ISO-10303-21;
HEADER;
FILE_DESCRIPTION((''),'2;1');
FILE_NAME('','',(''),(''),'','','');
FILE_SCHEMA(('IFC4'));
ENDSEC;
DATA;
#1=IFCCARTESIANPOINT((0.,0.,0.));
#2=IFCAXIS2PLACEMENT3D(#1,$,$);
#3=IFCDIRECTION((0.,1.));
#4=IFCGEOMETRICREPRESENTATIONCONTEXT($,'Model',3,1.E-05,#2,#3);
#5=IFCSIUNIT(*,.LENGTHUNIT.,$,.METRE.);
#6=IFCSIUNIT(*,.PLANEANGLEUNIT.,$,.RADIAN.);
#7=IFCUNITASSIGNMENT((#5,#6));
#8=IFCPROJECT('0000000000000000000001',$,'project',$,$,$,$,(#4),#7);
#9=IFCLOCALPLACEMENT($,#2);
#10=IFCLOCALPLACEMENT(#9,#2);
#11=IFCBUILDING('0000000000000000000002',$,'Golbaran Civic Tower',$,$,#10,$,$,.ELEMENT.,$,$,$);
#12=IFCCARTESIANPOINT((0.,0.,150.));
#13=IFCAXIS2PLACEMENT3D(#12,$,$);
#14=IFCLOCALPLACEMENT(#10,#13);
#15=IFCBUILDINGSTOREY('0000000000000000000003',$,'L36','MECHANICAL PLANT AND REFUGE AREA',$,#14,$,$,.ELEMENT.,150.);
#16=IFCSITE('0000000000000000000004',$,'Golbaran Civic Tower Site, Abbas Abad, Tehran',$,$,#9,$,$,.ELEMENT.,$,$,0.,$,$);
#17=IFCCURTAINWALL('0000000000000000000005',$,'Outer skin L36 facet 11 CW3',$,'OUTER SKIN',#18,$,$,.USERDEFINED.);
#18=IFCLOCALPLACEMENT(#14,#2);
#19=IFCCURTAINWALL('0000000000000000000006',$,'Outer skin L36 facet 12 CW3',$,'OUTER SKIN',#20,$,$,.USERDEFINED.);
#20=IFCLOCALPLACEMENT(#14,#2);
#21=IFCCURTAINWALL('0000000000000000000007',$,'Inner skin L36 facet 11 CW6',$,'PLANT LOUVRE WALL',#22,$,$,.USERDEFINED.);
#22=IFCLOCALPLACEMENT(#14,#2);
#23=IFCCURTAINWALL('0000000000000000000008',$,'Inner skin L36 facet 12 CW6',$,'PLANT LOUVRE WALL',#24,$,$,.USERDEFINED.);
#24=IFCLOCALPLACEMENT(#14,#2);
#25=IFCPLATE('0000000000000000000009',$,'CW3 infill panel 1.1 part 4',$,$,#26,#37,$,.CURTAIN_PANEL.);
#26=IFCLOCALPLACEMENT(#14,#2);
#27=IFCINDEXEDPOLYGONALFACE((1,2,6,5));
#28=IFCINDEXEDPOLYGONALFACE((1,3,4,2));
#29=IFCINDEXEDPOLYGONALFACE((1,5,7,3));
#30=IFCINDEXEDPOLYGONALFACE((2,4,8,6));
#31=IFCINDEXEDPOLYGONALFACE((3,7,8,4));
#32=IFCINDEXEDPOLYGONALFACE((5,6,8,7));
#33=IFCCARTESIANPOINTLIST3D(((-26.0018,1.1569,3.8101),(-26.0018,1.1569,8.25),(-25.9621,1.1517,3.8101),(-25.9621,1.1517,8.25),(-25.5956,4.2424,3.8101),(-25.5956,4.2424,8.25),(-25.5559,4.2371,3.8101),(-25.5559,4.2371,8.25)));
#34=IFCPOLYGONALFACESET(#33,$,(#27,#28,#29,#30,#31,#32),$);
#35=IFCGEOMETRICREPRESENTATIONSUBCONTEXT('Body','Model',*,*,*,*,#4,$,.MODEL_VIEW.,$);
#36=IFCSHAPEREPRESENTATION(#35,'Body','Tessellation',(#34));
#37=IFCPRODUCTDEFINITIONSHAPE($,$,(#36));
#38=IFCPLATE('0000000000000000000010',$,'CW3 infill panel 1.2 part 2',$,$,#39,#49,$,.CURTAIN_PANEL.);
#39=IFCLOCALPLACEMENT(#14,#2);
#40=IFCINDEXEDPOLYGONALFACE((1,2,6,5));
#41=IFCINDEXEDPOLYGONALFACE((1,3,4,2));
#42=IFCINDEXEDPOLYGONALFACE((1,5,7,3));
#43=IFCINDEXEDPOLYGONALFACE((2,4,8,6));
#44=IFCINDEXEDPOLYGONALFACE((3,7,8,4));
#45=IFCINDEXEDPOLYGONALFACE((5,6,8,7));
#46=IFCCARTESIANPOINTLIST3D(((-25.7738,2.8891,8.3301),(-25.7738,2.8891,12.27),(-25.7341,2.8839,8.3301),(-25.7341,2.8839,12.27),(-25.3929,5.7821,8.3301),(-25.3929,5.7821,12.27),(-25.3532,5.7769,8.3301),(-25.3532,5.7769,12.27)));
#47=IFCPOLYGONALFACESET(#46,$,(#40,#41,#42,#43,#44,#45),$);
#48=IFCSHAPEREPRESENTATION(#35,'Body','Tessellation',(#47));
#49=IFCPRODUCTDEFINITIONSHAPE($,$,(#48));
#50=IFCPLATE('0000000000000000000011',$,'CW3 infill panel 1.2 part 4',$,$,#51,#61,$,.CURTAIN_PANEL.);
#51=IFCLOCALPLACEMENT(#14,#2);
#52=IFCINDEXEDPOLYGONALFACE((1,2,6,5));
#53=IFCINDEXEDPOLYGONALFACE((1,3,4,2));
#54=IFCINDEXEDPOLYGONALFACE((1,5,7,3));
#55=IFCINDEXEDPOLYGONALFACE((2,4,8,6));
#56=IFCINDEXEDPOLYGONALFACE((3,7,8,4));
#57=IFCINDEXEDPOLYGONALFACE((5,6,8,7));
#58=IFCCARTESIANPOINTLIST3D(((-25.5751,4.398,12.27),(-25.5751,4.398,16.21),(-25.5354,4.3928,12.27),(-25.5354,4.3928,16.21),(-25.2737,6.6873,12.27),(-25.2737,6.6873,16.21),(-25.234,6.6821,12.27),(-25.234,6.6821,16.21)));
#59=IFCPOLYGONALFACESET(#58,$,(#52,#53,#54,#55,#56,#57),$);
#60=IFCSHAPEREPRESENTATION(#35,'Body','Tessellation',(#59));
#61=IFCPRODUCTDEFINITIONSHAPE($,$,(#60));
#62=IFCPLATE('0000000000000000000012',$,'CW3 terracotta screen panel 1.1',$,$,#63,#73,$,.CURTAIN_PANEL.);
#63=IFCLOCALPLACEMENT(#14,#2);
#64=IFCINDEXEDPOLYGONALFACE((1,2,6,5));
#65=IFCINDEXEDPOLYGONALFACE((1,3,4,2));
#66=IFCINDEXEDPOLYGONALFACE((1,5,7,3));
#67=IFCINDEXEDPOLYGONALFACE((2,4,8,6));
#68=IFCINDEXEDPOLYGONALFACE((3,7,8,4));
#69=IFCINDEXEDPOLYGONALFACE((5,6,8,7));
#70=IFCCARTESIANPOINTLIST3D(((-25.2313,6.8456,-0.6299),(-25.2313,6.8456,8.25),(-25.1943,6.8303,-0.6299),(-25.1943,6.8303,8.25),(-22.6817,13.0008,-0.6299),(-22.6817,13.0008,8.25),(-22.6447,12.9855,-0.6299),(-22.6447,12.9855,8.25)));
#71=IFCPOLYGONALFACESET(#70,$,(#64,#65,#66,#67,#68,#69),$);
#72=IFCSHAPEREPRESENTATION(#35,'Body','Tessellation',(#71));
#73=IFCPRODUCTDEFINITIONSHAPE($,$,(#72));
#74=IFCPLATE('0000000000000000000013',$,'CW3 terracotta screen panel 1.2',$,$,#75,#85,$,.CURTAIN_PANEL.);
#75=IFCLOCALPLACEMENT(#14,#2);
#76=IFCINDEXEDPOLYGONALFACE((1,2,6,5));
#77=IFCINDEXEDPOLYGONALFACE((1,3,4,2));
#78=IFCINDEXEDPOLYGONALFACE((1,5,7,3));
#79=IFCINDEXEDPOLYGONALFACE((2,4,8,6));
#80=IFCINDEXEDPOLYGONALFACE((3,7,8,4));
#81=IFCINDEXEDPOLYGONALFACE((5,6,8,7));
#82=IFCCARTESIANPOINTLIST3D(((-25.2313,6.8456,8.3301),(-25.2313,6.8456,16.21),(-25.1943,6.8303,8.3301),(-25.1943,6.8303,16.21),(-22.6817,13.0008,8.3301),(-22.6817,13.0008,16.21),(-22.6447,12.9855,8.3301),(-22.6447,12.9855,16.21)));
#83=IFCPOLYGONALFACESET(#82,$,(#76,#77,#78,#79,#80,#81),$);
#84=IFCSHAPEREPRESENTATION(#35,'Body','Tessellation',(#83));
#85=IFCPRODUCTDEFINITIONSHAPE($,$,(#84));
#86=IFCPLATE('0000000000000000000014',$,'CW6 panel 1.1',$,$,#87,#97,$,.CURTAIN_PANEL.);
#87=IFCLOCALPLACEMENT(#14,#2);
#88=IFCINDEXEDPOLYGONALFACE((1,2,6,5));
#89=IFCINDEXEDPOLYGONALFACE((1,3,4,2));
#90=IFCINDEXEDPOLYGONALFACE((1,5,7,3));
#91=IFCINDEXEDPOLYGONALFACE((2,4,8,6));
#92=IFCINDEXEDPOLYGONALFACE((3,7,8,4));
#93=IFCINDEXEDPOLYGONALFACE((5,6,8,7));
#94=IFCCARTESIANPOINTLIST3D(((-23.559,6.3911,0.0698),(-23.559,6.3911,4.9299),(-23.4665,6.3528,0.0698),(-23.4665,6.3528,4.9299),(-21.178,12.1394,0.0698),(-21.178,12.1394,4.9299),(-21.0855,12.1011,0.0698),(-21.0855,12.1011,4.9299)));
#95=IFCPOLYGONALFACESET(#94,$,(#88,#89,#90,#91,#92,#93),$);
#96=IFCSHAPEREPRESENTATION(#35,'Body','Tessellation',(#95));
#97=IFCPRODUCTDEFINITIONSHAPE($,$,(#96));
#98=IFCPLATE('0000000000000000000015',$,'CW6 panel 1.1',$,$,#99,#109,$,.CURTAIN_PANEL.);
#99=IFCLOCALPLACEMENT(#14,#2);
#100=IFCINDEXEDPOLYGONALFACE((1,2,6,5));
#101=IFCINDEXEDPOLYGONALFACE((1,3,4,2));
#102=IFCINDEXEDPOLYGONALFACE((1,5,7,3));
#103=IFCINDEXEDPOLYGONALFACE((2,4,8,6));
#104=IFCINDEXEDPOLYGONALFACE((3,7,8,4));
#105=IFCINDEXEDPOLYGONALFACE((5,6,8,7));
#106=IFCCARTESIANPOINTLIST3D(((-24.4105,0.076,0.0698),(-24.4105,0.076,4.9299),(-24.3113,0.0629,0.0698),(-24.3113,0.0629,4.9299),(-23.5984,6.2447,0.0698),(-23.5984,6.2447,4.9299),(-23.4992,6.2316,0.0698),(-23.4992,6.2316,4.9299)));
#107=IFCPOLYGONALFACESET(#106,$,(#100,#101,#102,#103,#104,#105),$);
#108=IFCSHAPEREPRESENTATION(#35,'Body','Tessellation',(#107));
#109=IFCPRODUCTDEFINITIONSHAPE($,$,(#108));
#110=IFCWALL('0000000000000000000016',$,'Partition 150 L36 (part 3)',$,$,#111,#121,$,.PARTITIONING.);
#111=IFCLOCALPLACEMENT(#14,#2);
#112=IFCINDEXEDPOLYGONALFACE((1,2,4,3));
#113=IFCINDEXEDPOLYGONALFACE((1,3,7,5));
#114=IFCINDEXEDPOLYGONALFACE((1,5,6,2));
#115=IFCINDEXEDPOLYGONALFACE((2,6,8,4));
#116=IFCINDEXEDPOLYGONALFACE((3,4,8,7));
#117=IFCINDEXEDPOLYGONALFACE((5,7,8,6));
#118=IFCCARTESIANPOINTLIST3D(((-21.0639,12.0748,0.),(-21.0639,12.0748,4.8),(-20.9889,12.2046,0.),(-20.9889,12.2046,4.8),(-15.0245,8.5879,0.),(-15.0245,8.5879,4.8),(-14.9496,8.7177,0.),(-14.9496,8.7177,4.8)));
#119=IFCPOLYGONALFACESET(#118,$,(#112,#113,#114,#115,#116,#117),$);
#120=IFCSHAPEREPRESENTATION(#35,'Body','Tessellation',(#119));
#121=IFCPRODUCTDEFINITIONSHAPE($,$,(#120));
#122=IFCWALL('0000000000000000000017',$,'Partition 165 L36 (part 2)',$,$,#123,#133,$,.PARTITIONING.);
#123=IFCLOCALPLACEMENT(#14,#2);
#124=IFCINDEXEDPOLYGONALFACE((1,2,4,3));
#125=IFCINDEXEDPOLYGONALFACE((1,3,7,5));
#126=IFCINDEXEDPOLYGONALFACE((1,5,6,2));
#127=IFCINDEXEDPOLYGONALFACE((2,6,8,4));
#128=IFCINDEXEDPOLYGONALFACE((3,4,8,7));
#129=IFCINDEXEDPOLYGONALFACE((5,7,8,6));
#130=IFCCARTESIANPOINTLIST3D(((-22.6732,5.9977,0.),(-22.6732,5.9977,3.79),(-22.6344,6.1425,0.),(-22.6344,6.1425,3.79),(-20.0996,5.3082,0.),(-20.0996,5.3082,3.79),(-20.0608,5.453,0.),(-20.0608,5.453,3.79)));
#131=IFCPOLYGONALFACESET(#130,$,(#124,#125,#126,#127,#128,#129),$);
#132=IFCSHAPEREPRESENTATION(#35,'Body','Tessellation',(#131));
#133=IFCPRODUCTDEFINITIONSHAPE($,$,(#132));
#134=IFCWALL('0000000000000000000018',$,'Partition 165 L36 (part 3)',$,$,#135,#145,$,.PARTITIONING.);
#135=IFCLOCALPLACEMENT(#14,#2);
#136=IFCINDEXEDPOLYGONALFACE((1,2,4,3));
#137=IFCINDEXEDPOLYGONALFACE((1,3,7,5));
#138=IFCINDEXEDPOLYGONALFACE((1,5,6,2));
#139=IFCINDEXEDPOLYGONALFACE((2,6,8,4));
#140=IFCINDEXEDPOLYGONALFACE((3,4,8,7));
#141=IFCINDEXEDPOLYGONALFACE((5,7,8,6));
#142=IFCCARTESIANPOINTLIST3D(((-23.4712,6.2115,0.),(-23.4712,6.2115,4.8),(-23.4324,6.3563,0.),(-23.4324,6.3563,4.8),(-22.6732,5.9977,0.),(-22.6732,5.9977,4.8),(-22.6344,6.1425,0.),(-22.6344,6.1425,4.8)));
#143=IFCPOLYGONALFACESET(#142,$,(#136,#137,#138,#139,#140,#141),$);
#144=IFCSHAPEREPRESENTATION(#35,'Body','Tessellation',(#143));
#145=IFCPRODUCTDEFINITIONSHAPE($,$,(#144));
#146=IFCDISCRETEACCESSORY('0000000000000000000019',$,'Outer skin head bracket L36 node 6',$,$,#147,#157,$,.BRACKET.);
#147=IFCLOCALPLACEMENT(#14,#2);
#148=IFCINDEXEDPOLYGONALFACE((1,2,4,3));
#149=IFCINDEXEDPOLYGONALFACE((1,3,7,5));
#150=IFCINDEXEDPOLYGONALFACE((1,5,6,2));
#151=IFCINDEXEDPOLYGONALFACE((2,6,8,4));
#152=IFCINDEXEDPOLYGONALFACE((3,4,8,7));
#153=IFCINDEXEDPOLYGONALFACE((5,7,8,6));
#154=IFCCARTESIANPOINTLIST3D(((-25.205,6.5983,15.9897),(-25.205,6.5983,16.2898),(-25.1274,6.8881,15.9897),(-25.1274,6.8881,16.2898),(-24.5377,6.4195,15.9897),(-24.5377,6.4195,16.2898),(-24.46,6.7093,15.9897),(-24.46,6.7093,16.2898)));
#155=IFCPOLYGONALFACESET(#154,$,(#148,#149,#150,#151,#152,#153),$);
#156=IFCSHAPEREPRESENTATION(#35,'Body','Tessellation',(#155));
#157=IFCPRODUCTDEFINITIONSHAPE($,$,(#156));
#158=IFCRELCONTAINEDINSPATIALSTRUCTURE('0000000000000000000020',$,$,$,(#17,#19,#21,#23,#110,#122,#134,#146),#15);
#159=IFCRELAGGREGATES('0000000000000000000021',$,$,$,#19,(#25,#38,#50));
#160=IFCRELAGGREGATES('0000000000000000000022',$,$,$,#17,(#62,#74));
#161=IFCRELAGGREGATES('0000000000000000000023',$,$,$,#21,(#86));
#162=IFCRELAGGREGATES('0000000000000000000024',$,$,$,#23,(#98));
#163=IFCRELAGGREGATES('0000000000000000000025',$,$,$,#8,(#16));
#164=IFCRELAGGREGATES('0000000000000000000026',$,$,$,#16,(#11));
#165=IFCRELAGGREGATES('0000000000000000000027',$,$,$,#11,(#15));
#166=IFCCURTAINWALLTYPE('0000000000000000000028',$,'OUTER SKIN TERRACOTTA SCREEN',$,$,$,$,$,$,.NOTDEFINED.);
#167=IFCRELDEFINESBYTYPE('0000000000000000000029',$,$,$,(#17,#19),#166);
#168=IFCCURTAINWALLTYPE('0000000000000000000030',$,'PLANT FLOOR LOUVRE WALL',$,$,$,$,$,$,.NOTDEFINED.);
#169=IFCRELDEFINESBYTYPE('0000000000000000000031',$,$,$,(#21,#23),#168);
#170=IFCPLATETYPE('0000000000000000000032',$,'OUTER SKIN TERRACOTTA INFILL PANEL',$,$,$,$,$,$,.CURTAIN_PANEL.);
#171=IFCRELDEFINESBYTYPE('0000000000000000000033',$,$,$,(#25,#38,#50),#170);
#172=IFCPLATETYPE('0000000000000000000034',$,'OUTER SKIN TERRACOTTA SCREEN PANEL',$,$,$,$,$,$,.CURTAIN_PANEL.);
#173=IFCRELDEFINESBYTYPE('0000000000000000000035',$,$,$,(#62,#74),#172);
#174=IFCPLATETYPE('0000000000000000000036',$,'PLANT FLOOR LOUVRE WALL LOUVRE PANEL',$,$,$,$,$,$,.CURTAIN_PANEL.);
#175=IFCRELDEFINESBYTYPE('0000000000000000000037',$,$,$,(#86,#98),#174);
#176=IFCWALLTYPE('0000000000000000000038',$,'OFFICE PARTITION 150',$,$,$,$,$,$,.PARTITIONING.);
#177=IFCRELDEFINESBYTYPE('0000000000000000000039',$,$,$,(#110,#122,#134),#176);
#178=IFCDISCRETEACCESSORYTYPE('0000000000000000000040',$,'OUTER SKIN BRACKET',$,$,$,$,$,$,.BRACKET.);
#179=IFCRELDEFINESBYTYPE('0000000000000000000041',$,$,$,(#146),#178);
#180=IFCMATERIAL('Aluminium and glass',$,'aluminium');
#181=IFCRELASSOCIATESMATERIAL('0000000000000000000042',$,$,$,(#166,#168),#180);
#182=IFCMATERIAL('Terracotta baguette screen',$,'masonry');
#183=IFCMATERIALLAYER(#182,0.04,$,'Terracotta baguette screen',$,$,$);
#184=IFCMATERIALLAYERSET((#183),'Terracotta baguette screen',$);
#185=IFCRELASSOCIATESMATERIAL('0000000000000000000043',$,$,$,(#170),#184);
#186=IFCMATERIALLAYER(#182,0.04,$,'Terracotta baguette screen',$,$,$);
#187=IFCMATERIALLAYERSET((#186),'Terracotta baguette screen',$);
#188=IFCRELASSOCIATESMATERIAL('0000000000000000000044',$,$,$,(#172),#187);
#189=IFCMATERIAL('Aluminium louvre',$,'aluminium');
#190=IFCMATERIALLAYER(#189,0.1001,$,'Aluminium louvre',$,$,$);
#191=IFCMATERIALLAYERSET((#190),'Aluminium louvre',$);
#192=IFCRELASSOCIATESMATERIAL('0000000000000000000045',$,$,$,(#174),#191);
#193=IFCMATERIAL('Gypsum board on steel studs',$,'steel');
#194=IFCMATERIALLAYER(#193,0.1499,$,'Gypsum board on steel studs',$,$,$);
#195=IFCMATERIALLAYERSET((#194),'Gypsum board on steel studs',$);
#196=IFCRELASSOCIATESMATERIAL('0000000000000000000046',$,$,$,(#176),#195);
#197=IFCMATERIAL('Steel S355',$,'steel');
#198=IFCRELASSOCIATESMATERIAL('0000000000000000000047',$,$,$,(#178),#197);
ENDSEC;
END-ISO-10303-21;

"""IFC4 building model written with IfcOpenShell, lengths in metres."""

from ifc_helpers import new_model, si_unit, direction, frame, frame_2d, origin, origin_2d, place, context, subcontext, project, spatial, rectangle, extrude, material, layer, layer_set, type_object, element, aggregate, save


model = new_model("IFC4")

# Units and contexts
model_context = context("Model", 3, precision=1e-05, world=origin(), true_north=direction((0.0, 1.0)))
body_context = subcontext(model_context, "Body", "Model", "MODEL_VIEW")
ifc_project = project(units=[si_unit("LENGTHUNIT", "METRE"), si_unit("PLANEANGLEUNIT", "RADIAN")], contexts=[model_context])

# Site, building, storey
site_placement = place(None, origin())
site = spatial("IfcSite", under=ifc_project, at=site_placement, Name="Golbaran Civic Tower Site, Abbas Abad, Tehran", CompositionType="ELEMENT", RefElevation=0.0)
building_placement = place(site_placement, origin())
building = spatial("IfcBuilding", under=site, at=building_placement, Name="Golbaran Civic Tower", CompositionType="ELEMENT")
storey_placement = place(building_placement, frame((0.0, 0.0, 150.0)))
storey = spatial("IfcBuildingStorey", under=building, at=storey_placement, Name="L36", Description="MECHANICAL PLANT AND REFUGE AREA", CompositionType="ELEMENT", Elevation=150.0)

# Shared definitions
ifc_material_1 = material(Name="Steel S355", Category="steel")

# Curtain wall
ifc_material_2 = material(Name="Aluminium and glass", Category="aluminium")
curtain_wall_type_1 = type_object("IfcCurtainWallType", Name="OUTER SKIN TERRACOTTA SCREEN", PredefinedType="NOTDEFINED", material=ifc_material_2)
curtain_wall_1_placement = place(storey_placement, origin())
curtain_wall_1 = element("IfcCurtainWall", 1, at=curtain_wall_1_placement, inside=storey, type_object=curtain_wall_type_1, Name="Outer skin L36 facet 11 CW3", ObjectType="OUTER SKIN", PredefinedType="USERDEFINED")

# Curtain walls
curtain_wall_2_placement = place(storey_placement, origin())
curtain_wall_2 = element("IfcCurtainWall", 2, at=curtain_wall_2_placement, inside=storey, type_object=curtain_wall_type_1, Name="Outer skin L36 facet 12 CW3", ObjectType="OUTER SKIN", PredefinedType="USERDEFINED")
curtain_wall_type_2 = type_object("IfcCurtainWallType", Name="PLANT FLOOR LOUVRE WALL", PredefinedType="NOTDEFINED", material=ifc_material_2)
curtain_wall_3_placement = place(storey_placement, origin())
curtain_wall_3 = element("IfcCurtainWall", 3, at=curtain_wall_3_placement, inside=storey, type_object=curtain_wall_type_2, Name="Inner skin L36 facet 11 CW6", ObjectType="PLANT LOUVRE WALL", PredefinedType="USERDEFINED")
curtain_wall_4_placement = place(storey_placement, origin())
curtain_wall_4 = element("IfcCurtainWall", 4, at=curtain_wall_4_placement, inside=storey, type_object=curtain_wall_type_2, Name="Inner skin L36 facet 12 CW6", ObjectType="PLANT LOUVRE WALL", PredefinedType="USERDEFINED")

# Plates
ifc_material_3 = material(Name="Terracotta baguette screen", Category="masonry")
ifc_layer_1 = layer(ifc_material_3, 0.04, Name="Terracotta baguette screen")
ifc_layer_set_1 = layer_set([ifc_layer_1], Name="Terracotta baguette screen")
plate_type_1 = type_object("IfcPlateType", Name="OUTER SKIN TERRACOTTA INFILL PANEL", PredefinedType="CURTAIN_PANEL", material=ifc_layer_set_1)
plate_1_placement = place(storey_placement, frame((-25.7788, 2.697, 3.8101), z_axis=(0.0, 0.0, 1.0), x_axis=(-0.130526, -0.991445, 0.0)))
plate_1 = element("IfcPlate", 5, at=plate_1_placement, type_object=plate_type_1, Name="CW3 infill panel 1.1 part 4", PredefinedType="CURTAIN_PANEL", context=body_context, shape_type="SweptSolid", body=[
    extrude(rectangle(XDim=3.1121, YDim=0.04, at=origin_2d()), origin(), (0.0, 0.0, 1.0), 4.4399),
])
plate_2_placement = place(storey_placement, frame((-25.5635, 4.333, 8.3301), z_axis=(0.0, 0.0, 1.0), x_axis=(-0.130526, -0.991445, 0.0)))
plate_2 = element("IfcPlate", 6, at=plate_2_placement, type_object=plate_type_1, Name="CW3 infill panel 1.2 part 2", PredefinedType="CURTAIN_PANEL", context=body_context, shape_type="SweptSolid", body=[
    extrude(rectangle(XDim=2.918, YDim=0.04, at=origin_2d()), origin(), (0.0, 0.0, 1.0), 3.9399),
])
plate_3_placement = place(storey_placement, frame((-25.4045, 5.54, 12.27), z_axis=(0.0, 0.0, 1.0), x_axis=(-0.130526, -0.991445, 0.0)))
plate_3 = element("IfcPlate", 7, at=plate_3_placement, type_object=plate_type_1, Name="CW3 infill panel 1.2 part 4", PredefinedType="CURTAIN_PANEL", context=body_context, shape_type="SweptSolid", body=[
    extrude(rectangle(XDim=2.3091, YDim=0.04, at=origin_2d()), origin(), (0.0, 0.0, 1.0), 3.9399),
])
aggregate(curtain_wall_2, [plate_1, plate_2, plate_3])
ifc_layer_2 = layer(ifc_material_3, 0.04, Name="Terracotta baguette screen")
ifc_layer_set_2 = layer_set([ifc_layer_2], Name="Terracotta baguette screen")
plate_type_2 = type_object("IfcPlateType", Name="OUTER SKIN TERRACOTTA SCREEN PANEL", PredefinedType="CURTAIN_PANEL", material=ifc_layer_set_2)
plate_4_placement = place(storey_placement, frame((-23.938, 9.9155, -0.6299), z_axis=(0.0, 0.0, 1.0), x_axis=(-0.382683, -0.92388, 0.0)))
plate_4 = element("IfcPlate", 8, at=plate_4_placement, type_object=plate_type_2, Name="CW3 terracotta screen panel 1.1", PredefinedType="CURTAIN_PANEL", context=body_context, shape_type="SweptSolid", body=[
    extrude(rectangle(XDim=6.6624, YDim=0.04, at=origin_2d()), origin(), (0.0, 0.0, 1.0), 8.8799),
])
plate_5_placement = place(storey_placement, frame((-23.938, 9.9155, 8.3301), z_axis=(0.0, 0.0, 1.0), x_axis=(-0.382683, -0.92388, 0.0)))
plate_5 = element("IfcPlate", 9, at=plate_5_placement, type_object=plate_type_2, Name="CW3 terracotta screen panel 1.2", PredefinedType="CURTAIN_PANEL", context=body_context, shape_type="SweptSolid", body=[
    extrude(rectangle(XDim=6.6624, YDim=0.04, at=origin_2d()), origin(), (0.0, 0.0, 1.0), 7.8799),
])
aggregate(curtain_wall_1, [plate_4, plate_5])
ifc_material_4 = material(Name="Aluminium louvre", Category="aluminium")
ifc_layer_3 = layer(ifc_material_4, 0.1001, Name="Aluminium louvre")
ifc_layer_set_3 = layer_set([ifc_layer_3], Name="Aluminium louvre")
plate_type_3 = type_object("IfcPlateType", Name="PLANT FLOOR LOUVRE WALL LOUVRE PANEL", PredefinedType="CURTAIN_PANEL", material=ifc_layer_set_3)
plate_6_placement = place(storey_placement, frame((-22.3223, 9.2461, 0.0698), z_axis=(0.0, 0.0, 1.0), x_axis=(-0.382683, -0.92388, 0.0)))
plate_6 = element("IfcPlate", 10, at=plate_6_placement, type_object=plate_type_3, Name="CW6 panel 1.1", PredefinedType="CURTAIN_PANEL", context=body_context, shape_type="SweptSolid", body=[
    extrude(rectangle(XDim=6.2219, YDim=0.1001, at=origin_2d()), origin(), (0.0, 0.0, 1.0), 4.8601),
])
aggregate(curtain_wall_3, [plate_6])
plate_7_placement = place(storey_placement, frame((-23.9548, 3.1538, 0.0698), z_axis=(0.0, 0.0, 1.0), x_axis=(-0.130526, -0.991445, 0.0)))
plate_7 = element("IfcPlate", 11, at=plate_7_placement, type_object=plate_type_3, Name="CW6 panel 1.1", PredefinedType="CURTAIN_PANEL", context=body_context, shape_type="SweptSolid", body=[
    extrude(rectangle(XDim=6.2219, YDim=0.1001, at=origin_2d()), origin(), (0.0, 0.0, 1.0), 4.8601),
])
aggregate(curtain_wall_4, [plate_7])

# Walls
ifc_material_5 = material(Name="Gypsum board on steel studs", Category="steel")
ifc_layer_4 = layer(ifc_material_5, 0.1499, Name="Gypsum board on steel studs")
ifc_layer_set_4 = layer_set([ifc_layer_4], Name="Gypsum board on steel studs")
wall_type = type_object("IfcWallType", Name="OFFICE PARTITION 150", PredefinedType="PARTITIONING", material=ifc_layer_set_4)
wall_1_placement = place(storey_placement, frame((-14.9871, 8.6528, 0.0), z_axis=(0.0, 0.0, 1.0), x_axis=(-0.866024, 0.500002, 0.0)))
element("IfcWall", 12, at=wall_1_placement, inside=storey, type_object=wall_type, Name="Partition 150 L36 (part 3)", PredefinedType="PARTITIONING", context=body_context, shape_type="SweptSolid", body=[
    extrude(rectangle(XDim=6.9736, YDim=0.1499, at=frame_2d((3.4868, 0.0))), origin(), (0.0, 0.0, 1.0), 4.8),
])
wall_2_placement = place(storey_placement, frame((-20.0803, 5.3806, 0.0), z_axis=(0.0, 0.0, 1.0), x_axis=(-0.965936, 0.25878, 0.0)))
element("IfcWall", 13, at=wall_2_placement, inside=storey, type_object=wall_type, Name="Partition 165 L36 (part 2)", PredefinedType="PARTITIONING", context=body_context, shape_type="SweptSolid", body=[
    extrude(rectangle(XDim=2.6643, YDim=0.1499, at=frame_2d((1.332, 0.0))), origin(), (0.0, 0.0, 1.0), 3.79),
])
wall_3_placement = place(storey_placement, frame((-22.6538, 6.0701, 0.0), z_axis=(0.0, 0.0, 1.0), x_axis=(-0.96592, 0.258839, 0.0)))
element("IfcWall", 14, at=wall_3_placement, inside=storey, type_object=wall_type, Name="Partition 165 L36 (part 3)", PredefinedType="PARTITIONING", context=body_context, shape_type="SweptSolid", body=[
    extrude(rectangle(XDim=0.8262, YDim=0.1499, at=frame_2d((0.4131, 0.0))), origin(), (0.0, 0.0, 1.0), 4.8),
])

# Discrete accessory
discrete_accessory_type = type_object("IfcDiscreteAccessoryType", Name="OUTER SKIN BRACKET", PredefinedType="BRACKET", material=ifc_material_1)
discrete_accessory_placement = place(storey_placement, frame((-24.8325, 6.6538, 15.9897), z_axis=(0.0, 0.0, 1.0), x_axis=(-0.965926, 0.258819, 0.0)))
element("IfcDiscreteAccessory", 15, at=discrete_accessory_placement, inside=storey, type_object=discrete_accessory_type, Name="Outer skin head bracket L36 node 6", PredefinedType="BRACKET", context=body_context, shape_type="SweptSolid", body=[
    extrude(rectangle(XDim=0.6909, YDim=0.3, at=origin_2d()), origin(), (0.0, 0.0, 1.0), 0.3),
])

save(model, "model.ifc")
